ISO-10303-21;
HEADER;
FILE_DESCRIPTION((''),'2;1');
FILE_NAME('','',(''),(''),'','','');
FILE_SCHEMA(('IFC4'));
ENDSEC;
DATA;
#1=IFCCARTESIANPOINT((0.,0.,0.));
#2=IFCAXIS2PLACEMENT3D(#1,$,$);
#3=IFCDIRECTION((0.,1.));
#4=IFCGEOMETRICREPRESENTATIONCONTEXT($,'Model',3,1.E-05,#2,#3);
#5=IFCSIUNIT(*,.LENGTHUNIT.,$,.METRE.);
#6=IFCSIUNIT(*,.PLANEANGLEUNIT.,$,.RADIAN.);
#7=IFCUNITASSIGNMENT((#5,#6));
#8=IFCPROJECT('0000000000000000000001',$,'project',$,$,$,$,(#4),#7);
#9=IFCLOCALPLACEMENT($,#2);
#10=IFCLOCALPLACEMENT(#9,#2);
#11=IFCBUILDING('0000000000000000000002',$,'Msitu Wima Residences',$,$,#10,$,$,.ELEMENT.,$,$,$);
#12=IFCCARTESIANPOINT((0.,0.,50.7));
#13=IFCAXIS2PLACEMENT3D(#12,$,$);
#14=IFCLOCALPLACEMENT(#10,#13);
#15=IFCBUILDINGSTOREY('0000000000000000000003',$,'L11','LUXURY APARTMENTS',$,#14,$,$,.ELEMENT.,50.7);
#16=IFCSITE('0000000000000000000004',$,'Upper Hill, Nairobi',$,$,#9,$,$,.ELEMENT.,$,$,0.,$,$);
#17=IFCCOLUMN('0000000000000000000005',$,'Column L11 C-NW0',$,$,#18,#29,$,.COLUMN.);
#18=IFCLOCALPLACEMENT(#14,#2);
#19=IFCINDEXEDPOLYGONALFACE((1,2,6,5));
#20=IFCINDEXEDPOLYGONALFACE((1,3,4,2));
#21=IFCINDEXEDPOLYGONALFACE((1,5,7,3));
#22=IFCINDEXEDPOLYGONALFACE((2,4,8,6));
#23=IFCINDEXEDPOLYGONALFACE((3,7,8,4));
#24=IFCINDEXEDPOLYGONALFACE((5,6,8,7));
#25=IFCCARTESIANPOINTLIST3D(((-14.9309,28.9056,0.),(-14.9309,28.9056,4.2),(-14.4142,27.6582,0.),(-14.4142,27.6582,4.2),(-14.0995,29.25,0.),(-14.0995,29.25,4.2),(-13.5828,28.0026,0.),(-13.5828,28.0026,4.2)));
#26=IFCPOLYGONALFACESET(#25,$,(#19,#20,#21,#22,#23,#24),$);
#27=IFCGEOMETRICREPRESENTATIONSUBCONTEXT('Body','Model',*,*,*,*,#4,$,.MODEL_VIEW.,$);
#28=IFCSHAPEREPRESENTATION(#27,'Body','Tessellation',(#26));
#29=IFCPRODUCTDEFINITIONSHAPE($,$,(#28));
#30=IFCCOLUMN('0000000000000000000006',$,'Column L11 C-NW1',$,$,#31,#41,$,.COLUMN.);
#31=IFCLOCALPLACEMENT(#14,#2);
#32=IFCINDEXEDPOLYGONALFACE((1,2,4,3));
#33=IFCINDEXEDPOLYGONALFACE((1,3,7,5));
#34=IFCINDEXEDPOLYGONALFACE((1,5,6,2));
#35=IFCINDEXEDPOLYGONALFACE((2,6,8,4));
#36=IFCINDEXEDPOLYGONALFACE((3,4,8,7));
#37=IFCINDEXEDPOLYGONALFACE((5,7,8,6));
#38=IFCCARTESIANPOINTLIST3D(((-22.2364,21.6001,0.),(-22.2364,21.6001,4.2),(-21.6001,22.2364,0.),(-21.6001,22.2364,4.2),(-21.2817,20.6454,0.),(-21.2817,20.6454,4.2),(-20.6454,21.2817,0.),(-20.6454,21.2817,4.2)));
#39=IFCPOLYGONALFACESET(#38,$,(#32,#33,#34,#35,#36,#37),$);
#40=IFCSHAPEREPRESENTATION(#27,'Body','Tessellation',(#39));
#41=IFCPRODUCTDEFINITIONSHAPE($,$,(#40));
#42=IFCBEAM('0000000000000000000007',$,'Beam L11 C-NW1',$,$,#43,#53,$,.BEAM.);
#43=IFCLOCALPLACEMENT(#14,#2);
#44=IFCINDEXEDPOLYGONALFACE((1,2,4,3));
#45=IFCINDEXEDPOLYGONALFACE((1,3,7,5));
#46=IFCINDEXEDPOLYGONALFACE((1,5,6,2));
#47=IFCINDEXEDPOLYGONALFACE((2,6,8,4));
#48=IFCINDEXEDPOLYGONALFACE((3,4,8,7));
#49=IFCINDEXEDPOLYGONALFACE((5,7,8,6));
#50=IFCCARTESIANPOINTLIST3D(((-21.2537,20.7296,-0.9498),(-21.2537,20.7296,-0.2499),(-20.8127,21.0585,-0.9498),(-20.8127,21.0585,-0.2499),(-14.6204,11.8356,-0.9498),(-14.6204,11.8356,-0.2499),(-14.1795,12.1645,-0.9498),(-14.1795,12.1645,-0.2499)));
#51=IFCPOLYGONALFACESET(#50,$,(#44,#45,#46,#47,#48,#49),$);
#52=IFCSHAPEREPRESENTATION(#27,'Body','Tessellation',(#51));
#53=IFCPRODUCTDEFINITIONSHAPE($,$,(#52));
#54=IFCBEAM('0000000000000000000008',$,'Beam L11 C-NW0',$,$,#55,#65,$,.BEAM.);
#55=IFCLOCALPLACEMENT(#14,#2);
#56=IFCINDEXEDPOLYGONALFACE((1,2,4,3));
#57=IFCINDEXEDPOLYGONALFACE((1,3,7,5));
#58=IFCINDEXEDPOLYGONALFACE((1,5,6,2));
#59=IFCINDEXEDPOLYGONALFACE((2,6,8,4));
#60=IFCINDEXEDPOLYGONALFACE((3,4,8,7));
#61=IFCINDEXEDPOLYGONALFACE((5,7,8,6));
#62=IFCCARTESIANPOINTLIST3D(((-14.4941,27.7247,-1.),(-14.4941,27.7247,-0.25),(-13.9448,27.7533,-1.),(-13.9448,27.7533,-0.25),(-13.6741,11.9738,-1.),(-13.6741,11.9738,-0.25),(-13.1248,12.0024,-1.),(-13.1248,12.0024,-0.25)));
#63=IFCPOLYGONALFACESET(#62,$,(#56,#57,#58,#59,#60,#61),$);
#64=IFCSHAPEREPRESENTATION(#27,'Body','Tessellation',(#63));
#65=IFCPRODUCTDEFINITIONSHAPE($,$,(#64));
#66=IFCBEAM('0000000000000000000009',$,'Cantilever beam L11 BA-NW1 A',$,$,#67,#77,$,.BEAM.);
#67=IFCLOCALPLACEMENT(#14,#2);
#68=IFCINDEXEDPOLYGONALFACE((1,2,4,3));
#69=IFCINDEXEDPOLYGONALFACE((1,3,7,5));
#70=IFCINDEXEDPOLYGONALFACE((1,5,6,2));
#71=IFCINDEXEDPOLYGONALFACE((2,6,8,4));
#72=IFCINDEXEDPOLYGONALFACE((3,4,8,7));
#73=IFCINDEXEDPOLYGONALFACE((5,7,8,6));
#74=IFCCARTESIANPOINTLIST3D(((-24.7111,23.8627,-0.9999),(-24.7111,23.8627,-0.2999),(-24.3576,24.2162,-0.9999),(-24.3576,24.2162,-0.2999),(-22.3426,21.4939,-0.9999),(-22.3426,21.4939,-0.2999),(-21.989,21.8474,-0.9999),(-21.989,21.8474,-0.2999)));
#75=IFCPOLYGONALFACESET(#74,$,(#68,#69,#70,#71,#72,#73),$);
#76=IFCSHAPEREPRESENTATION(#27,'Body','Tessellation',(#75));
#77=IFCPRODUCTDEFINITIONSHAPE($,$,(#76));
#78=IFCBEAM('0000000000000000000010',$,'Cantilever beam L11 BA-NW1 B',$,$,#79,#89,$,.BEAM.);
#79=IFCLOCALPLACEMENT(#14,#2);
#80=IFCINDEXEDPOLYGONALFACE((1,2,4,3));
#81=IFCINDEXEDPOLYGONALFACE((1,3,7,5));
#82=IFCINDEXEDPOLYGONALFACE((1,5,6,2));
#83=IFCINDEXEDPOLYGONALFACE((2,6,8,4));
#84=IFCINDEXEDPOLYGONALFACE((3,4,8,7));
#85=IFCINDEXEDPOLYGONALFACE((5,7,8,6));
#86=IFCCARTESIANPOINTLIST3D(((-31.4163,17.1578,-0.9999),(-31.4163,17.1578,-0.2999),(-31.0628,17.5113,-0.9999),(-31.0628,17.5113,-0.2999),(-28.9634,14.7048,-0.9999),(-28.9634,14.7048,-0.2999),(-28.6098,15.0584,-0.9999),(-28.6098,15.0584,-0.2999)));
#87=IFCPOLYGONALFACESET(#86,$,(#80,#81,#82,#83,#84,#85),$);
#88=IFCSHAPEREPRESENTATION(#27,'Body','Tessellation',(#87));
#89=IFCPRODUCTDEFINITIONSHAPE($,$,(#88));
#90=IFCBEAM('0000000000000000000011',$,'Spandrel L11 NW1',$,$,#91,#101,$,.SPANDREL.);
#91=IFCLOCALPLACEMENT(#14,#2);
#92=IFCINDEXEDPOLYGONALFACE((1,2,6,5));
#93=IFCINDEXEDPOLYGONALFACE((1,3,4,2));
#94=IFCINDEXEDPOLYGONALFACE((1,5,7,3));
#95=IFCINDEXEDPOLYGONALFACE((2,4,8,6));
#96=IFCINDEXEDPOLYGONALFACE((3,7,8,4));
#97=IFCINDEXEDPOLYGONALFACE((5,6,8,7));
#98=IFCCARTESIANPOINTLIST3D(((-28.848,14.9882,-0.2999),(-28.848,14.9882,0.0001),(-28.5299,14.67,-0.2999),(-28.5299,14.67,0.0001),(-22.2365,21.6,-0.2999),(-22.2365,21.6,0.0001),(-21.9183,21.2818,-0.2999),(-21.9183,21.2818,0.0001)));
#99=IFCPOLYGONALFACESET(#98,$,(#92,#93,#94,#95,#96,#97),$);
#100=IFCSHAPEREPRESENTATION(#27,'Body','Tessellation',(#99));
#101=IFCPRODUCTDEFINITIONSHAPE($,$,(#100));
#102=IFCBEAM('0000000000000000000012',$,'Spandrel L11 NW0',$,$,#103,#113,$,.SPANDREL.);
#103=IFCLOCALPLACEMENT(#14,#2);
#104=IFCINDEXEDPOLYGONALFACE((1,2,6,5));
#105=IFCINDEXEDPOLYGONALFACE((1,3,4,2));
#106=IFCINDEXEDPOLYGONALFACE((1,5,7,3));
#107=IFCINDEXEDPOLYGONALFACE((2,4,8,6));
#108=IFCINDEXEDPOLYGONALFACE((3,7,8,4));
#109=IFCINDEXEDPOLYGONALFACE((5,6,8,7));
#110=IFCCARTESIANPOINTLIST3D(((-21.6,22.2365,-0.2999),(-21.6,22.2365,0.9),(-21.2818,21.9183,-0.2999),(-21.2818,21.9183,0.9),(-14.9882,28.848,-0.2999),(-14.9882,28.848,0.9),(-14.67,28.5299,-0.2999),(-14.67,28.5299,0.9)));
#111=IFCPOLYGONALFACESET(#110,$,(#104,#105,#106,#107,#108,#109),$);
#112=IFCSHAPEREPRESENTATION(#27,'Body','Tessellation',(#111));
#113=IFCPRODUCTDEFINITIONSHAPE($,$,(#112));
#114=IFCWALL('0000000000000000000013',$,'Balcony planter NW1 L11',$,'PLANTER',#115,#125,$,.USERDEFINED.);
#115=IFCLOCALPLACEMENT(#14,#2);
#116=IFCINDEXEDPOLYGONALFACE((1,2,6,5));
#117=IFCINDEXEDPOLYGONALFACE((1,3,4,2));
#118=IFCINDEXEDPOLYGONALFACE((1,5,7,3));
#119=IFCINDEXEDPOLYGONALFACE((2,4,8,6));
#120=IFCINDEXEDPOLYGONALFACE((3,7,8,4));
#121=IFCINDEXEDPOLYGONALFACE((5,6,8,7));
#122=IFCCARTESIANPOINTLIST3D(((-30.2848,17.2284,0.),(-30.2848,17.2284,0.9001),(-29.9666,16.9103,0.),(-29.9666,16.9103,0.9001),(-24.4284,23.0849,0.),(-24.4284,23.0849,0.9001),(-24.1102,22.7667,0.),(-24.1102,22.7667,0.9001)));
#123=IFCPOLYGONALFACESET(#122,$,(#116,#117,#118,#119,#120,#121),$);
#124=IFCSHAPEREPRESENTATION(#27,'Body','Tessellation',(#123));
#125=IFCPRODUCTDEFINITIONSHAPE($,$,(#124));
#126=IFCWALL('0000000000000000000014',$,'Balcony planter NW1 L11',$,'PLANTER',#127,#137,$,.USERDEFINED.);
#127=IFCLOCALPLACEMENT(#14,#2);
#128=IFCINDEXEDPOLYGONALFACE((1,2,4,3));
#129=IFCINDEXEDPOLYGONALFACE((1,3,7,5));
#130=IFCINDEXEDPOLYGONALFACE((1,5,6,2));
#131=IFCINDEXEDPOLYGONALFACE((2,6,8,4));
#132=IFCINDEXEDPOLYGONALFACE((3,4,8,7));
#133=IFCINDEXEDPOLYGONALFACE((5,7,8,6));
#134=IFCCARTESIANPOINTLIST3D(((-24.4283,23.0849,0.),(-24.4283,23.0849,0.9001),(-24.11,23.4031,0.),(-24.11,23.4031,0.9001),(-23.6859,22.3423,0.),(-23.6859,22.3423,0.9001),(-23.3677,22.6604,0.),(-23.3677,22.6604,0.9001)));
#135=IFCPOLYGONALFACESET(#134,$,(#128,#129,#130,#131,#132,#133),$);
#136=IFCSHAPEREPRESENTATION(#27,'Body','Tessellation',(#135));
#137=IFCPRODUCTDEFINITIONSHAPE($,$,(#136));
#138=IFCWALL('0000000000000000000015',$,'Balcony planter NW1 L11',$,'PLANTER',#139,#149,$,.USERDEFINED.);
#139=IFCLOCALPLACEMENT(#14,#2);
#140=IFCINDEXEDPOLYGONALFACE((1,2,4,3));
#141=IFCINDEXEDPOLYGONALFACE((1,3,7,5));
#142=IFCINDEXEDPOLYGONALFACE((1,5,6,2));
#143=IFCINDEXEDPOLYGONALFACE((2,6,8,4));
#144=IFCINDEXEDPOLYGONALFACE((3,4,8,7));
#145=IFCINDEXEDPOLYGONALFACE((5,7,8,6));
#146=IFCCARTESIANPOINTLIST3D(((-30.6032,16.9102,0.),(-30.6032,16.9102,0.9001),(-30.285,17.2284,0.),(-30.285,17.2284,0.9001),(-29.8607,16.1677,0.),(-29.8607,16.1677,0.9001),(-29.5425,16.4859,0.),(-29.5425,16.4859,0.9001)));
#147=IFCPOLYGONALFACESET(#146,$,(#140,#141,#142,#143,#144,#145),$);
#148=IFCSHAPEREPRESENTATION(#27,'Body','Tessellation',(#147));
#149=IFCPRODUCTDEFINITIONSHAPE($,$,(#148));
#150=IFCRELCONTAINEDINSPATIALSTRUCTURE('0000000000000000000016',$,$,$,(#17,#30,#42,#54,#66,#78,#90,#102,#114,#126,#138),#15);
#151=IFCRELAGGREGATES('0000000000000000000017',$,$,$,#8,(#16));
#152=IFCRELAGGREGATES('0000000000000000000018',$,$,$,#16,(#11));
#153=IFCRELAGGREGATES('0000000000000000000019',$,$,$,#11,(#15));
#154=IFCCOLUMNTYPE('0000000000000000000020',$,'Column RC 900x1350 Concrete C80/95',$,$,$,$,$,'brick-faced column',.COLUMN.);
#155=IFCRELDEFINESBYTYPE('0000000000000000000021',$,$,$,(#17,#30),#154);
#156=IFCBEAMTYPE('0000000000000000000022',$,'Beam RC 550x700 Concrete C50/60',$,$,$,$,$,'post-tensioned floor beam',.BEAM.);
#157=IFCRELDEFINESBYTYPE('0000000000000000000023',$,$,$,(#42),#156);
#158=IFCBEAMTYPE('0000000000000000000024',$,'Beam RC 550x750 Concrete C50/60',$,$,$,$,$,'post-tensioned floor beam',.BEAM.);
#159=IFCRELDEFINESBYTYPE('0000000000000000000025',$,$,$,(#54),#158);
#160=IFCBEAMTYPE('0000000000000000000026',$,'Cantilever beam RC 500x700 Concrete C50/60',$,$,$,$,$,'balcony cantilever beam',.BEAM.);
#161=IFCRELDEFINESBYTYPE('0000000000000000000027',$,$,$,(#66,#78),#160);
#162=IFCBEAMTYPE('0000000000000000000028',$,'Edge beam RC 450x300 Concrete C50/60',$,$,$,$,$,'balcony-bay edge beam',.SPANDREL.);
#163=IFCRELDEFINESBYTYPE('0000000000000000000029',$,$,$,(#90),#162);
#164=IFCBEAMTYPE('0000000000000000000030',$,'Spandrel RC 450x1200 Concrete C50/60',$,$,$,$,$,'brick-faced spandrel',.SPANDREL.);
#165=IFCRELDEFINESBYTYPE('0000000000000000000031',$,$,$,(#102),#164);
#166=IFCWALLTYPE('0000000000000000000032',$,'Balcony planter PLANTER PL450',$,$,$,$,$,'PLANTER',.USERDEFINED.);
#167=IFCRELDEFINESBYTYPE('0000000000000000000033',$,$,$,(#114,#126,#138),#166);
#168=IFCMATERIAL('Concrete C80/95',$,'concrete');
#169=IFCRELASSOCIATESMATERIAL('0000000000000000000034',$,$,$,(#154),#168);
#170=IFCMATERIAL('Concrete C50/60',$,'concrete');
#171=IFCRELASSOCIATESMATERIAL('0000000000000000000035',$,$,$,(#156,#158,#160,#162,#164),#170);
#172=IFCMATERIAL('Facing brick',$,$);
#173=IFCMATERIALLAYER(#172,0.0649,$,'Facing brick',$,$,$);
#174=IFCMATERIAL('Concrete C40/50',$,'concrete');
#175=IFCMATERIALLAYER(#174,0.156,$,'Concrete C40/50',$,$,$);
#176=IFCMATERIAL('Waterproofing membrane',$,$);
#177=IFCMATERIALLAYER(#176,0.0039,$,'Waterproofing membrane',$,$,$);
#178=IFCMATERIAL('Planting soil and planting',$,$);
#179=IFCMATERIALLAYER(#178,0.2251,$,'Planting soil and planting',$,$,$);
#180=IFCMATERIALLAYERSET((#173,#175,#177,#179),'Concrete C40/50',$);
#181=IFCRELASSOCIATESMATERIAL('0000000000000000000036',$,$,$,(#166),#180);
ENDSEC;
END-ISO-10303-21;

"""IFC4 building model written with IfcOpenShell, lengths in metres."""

from ifc_helpers import new_model, si_unit, direction, frame, frame_2d, origin, origin_2d, place, context, subcontext, project, spatial, rectangle, extrude, material, layer, layer_set, material_profile, profile_set, type_object, element, save


model = new_model("IFC4")

# Units and contexts
model_context = context("Model", 3, precision=1e-05, world=origin(), true_north=direction((0.0, 1.0)))
body_context = subcontext(model_context, "Body", "Model", "MODEL_VIEW")
ifc_project = project(units=[si_unit("LENGTHUNIT", "METRE"), si_unit("PLANEANGLEUNIT", "RADIAN")], contexts=[model_context])

# Site, building, storey
site_placement = place(None, origin())
site = spatial("IfcSite", under=ifc_project, at=site_placement, Name="Upper Hill, Nairobi", CompositionType="ELEMENT", RefElevation=0.0)
building_placement = place(site_placement, origin())
building = spatial("IfcBuilding", under=site, at=building_placement, Name="Msitu Wima Residences", CompositionType="ELEMENT")
storey_placement = place(building_placement, frame((0.0, 0.0, 50.7)))
storey = spatial("IfcBuildingStorey", under=building, at=storey_placement, Name="L11", Description="LUXURY APARTMENTS", CompositionType="ELEMENT", Elevation=50.7)

# Columns
ifc_material_1 = material(Name="Concrete C80/95", Category="concrete")
ifc_material_profile_1 = material_profile(ifc_material_1, rectangle(XDim=0.8999, YDim=1.3501, at=origin_2d()), Name="RC 900x1350")
ifc_profile_set_1 = profile_set([ifc_material_profile_1], Name="Concrete C80/95")
column_type = type_object("IfcColumnType", Name="Column RC 900x1350 Concrete C80/95", ElementType="brick-faced column", PredefinedType="COLUMN", material=ifc_profile_set_1)
for number, where, z_axis, x_axis, name in (
    (1, (-14.2568, 28.4541, 0.0), (0.0, 0.0, 1.0), (-0.92388, -0.382683, 0.0), "Column L11 C-NW0"),
    (2, (-21.4409, 21.4409, 0.0), (0.0, 0.0, 1.0), (-0.707107, -0.707107, 0.0), "Column L11 C-NW1"),
):
    element("IfcColumn", number, at=place(storey_placement, frame(where, z_axis=z_axis, x_axis=x_axis)), inside=storey, type_object=column_type, Name=name, PredefinedType="COLUMN", context=body_context, shape_type="SweptSolid", body=[
        extrude(rectangle(XDim=0.8999, YDim=1.3501, at=origin_2d()), origin(), (0.0, 0.0, 1.0), 4.2),
    ])

# Beams
ifc_material_2 = material(Name="Concrete C50/60", Category="concrete")
ifc_material_profile_2 = material_profile(ifc_material_2, rectangle(XDim=0.55, YDim=0.7, at=origin_2d()), Name="RC 550x700")
ifc_profile_set_2 = profile_set([ifc_material_profile_2], Name="Concrete C50/60")
beam_type_1 = type_object("IfcBeamType", Name="Beam RC 550x700 Concrete C50/60", ElementType="post-tensioned floor beam", PredefinedType="BEAM", material=ifc_profile_set_2)
beam_1_placement = place(storey_placement, frame((-21.0332, 20.894, -0.5999), z_axis=(0.59785, -0.801608, 0.0), x_axis=(0.801608, 0.59785, 0.0)))
element("IfcBeam", 3, at=beam_1_placement, inside=storey, type_object=beam_type_1, Name="Beam L11 C-NW1", PredefinedType="BEAM", context=body_context, shape_type="SweptSolid", body=[
    extrude(rectangle(XDim=0.55, YDim=0.7, at=origin_2d()), origin(), (0.0, 0.0, 1.0), 11.0952),
])
ifc_material_profile_3 = material_profile(ifc_material_2, rectangle(XDim=0.55, YDim=0.75, at=origin_2d()), Name="RC 550x750")
ifc_profile_set_3 = profile_set([ifc_material_profile_3], Name="Concrete C50/60")
beam_type_2 = type_object("IfcBeamType", Name="Beam RC 550x750 Concrete C50/60", ElementType="post-tensioned floor beam", PredefinedType="BEAM", material=ifc_profile_set_3)
beam_2_placement = place(storey_placement, frame((-14.2195, 27.739, -0.625), z_axis=(0.051994, -0.998647, 0.0), x_axis=(0.998647, 0.051994, 0.0)))
element("IfcBeam", 4, at=beam_2_placement, inside=storey, type_object=beam_type_2, Name="Beam L11 C-NW0", PredefinedType="BEAM", context=body_context, shape_type="SweptSolid", body=[
    extrude(rectangle(XDim=0.55, YDim=0.75, at=origin_2d()), origin(), (0.0, 0.0, 1.0), 15.7722),
])
ifc_material_profile_4 = material_profile(ifc_material_2, rectangle(XDim=0.5, YDim=0.7, at=origin_2d()), Name="RC 500x700")
ifc_profile_set_4 = profile_set([ifc_material_profile_4], Name="Concrete C50/60")
beam_type_3 = type_object("IfcBeamType", Name="Cantilever beam RC 500x700 Concrete C50/60", ElementType="balcony cantilever beam", PredefinedType="BEAM", material=ifc_profile_set_4)
beam_3_placement = place(storey_placement, frame((-22.1658, 21.6707, -0.6499), z_axis=(-0.70707, 0.707143, 0.0), x_axis=(-0.707143, -0.70707, 0.0)))
element("IfcBeam", 5, at=beam_3_placement, inside=storey, type_object=beam_type_3, Name="Cantilever beam L11 BA-NW1 A", PredefinedType="BEAM", context=body_context, shape_type="SweptSolid", body=[
    extrude(rectangle(XDim=0.5, YDim=0.7, at=origin_2d()), origin(), (0.0, 0.0, 1.0), 3.3499),
])
beam_4_placement = place(storey_placement, frame((-28.7866, 14.8816, -0.6499), z_axis=(-0.707107, 0.707107, 0.0), x_axis=(-0.707107, -0.707107, 0.0)))
element("IfcBeam", 6, at=beam_4_placement, inside=storey, type_object=beam_type_3, Name="Cantilever beam L11 BA-NW1 B", PredefinedType="BEAM", context=body_context, shape_type="SweptSolid", body=[
    extrude(rectangle(XDim=0.5, YDim=0.7, at=origin_2d()), origin(), (0.0, 0.0, 1.0), 3.469),
])
ifc_material_profile_5 = material_profile(ifc_material_2, rectangle(XDim=0.45, YDim=0.3, at=origin_2d()), Name="RC 450x300")
ifc_profile_set_5 = profile_set([ifc_material_profile_5], Name="Concrete C50/60")
beam_type_4 = type_object("IfcBeamType", Name="Edge beam RC 450x300 Concrete C50/60", ElementType="balcony-bay edge beam", PredefinedType="SPANDREL", material=ifc_profile_set_5)
beam_5_placement = place(storey_placement, frame((-22.0774, 21.4409, -0.1499), z_axis=(-0.707094, -0.70712, 0.0), x_axis=(0.70712, -0.707094, 0.0)))
element("IfcBeam", 7, at=beam_5_placement, inside=storey, type_object=beam_type_4, Name="Spandrel L11 NW1", PredefinedType="SPANDREL", context=body_context, shape_type="SweptSolid", body=[
    extrude(rectangle(XDim=0.45, YDim=0.3, at=origin_2d()), origin(), (0.0, 0.0, 1.0), 9.3503),
])
ifc_material_profile_6 = material_profile(ifc_material_2, rectangle(XDim=0.45, YDim=1.2, at=origin_2d()), Name="RC 450x1200")
ifc_profile_set_6 = profile_set([ifc_material_profile_6], Name="Concrete C50/60")
beam_type_5 = type_object("IfcBeamType", Name="Spandrel RC 450x1200 Concrete C50/60", ElementType="brick-faced spandrel", PredefinedType="SPANDREL", material=ifc_profile_set_6)
beam_6_placement = place(storey_placement, frame((-14.8291, 28.689, 0.3), z_axis=(-0.70712, -0.707094, 0.0), x_axis=(0.707094, -0.70712, 0.0)))
element("IfcBeam", 8, at=beam_6_placement, inside=storey, type_object=beam_type_5, Name="Spandrel L11 NW0", PredefinedType="SPANDREL", context=body_context, shape_type="SweptSolid", body=[
    extrude(rectangle(XDim=0.45, YDim=1.2, at=origin_2d()), origin(), (0.0, 0.0, 1.0), 9.3503),
])

# Walls
ifc_material_3 = material(Name="Facing brick")
ifc_layer_1 = layer(ifc_material_3, 0.0649, Name="Facing brick")
ifc_material_4 = material(Name="Concrete C40/50", Category="concrete")
ifc_layer_2 = layer(ifc_material_4, 0.156, Name="Concrete C40/50")
ifc_material_5 = material(Name="Waterproofing membrane")
ifc_layer_3 = layer(ifc_material_5, 0.0039, Name="Waterproofing membrane")
ifc_material_6 = material(Name="Planting soil and planting")
ifc_layer_4 = layer(ifc_material_6, 0.2251, Name="Planting soil and planting")
ifc_layer_set_1 = layer_set([ifc_layer_1, ifc_layer_2, ifc_layer_3, ifc_layer_4], Name="Concrete C40/50")
wall_type_1 = type_object("IfcWallType", Name="Balcony planter PLANTER PL450", ElementType="PLANTER", PredefinedType="USERDEFINED", material=ifc_layer_set_1)
wall_1_placement = place(storey_placement, frame((-24.2693, 22.9258, 0.0), z_axis=(0.0, 0.0, 1.0), x_axis=(-0.707107, -0.707107, 0.0)))
element("IfcWall", 9, at=wall_1_placement, inside=storey, type_object=wall_type_1, Name="Balcony planter NW1 L11", ObjectType="PLANTER", PredefinedType="USERDEFINED", context=body_context, shape_type="SweptSolid", body=[
    extrude(rectangle(XDim=8.2822, YDim=0.45, at=frame_2d((4.1411, 0.0))), origin(), (0.0, 0.0, 1.0), 0.9001),
])
for number, where, z_axis, x_axis, name in (
    (10, (-23.5269, 22.5015, 0.0), (0.0, 0.0, 1.0), (-0.706991, 0.707223, 0.0), "Balcony planter NW1 L11"),
    (11, (-29.7017, 16.3269, 0.0), (0.0, 0.0, 1.0), (-0.707107, 0.707107, 0.0), "Balcony planter NW1 L11"),
):
    element("IfcWall", number, at=place(storey_placement, frame(where, z_axis=z_axis, x_axis=x_axis)), inside=storey, type_object=wall_type_1, Name=name, ObjectType="PLANTER", PredefinedType="USERDEFINED", context=body_context, shape_type="SweptSolid", body=[
        extrude(rectangle(XDim=1.05, YDim=0.45, at=frame_2d((0.5249, 0.0))), origin(), (0.0, 0.0, 1.0), 0.9001),
    ])

save(model, "model.ifc")
